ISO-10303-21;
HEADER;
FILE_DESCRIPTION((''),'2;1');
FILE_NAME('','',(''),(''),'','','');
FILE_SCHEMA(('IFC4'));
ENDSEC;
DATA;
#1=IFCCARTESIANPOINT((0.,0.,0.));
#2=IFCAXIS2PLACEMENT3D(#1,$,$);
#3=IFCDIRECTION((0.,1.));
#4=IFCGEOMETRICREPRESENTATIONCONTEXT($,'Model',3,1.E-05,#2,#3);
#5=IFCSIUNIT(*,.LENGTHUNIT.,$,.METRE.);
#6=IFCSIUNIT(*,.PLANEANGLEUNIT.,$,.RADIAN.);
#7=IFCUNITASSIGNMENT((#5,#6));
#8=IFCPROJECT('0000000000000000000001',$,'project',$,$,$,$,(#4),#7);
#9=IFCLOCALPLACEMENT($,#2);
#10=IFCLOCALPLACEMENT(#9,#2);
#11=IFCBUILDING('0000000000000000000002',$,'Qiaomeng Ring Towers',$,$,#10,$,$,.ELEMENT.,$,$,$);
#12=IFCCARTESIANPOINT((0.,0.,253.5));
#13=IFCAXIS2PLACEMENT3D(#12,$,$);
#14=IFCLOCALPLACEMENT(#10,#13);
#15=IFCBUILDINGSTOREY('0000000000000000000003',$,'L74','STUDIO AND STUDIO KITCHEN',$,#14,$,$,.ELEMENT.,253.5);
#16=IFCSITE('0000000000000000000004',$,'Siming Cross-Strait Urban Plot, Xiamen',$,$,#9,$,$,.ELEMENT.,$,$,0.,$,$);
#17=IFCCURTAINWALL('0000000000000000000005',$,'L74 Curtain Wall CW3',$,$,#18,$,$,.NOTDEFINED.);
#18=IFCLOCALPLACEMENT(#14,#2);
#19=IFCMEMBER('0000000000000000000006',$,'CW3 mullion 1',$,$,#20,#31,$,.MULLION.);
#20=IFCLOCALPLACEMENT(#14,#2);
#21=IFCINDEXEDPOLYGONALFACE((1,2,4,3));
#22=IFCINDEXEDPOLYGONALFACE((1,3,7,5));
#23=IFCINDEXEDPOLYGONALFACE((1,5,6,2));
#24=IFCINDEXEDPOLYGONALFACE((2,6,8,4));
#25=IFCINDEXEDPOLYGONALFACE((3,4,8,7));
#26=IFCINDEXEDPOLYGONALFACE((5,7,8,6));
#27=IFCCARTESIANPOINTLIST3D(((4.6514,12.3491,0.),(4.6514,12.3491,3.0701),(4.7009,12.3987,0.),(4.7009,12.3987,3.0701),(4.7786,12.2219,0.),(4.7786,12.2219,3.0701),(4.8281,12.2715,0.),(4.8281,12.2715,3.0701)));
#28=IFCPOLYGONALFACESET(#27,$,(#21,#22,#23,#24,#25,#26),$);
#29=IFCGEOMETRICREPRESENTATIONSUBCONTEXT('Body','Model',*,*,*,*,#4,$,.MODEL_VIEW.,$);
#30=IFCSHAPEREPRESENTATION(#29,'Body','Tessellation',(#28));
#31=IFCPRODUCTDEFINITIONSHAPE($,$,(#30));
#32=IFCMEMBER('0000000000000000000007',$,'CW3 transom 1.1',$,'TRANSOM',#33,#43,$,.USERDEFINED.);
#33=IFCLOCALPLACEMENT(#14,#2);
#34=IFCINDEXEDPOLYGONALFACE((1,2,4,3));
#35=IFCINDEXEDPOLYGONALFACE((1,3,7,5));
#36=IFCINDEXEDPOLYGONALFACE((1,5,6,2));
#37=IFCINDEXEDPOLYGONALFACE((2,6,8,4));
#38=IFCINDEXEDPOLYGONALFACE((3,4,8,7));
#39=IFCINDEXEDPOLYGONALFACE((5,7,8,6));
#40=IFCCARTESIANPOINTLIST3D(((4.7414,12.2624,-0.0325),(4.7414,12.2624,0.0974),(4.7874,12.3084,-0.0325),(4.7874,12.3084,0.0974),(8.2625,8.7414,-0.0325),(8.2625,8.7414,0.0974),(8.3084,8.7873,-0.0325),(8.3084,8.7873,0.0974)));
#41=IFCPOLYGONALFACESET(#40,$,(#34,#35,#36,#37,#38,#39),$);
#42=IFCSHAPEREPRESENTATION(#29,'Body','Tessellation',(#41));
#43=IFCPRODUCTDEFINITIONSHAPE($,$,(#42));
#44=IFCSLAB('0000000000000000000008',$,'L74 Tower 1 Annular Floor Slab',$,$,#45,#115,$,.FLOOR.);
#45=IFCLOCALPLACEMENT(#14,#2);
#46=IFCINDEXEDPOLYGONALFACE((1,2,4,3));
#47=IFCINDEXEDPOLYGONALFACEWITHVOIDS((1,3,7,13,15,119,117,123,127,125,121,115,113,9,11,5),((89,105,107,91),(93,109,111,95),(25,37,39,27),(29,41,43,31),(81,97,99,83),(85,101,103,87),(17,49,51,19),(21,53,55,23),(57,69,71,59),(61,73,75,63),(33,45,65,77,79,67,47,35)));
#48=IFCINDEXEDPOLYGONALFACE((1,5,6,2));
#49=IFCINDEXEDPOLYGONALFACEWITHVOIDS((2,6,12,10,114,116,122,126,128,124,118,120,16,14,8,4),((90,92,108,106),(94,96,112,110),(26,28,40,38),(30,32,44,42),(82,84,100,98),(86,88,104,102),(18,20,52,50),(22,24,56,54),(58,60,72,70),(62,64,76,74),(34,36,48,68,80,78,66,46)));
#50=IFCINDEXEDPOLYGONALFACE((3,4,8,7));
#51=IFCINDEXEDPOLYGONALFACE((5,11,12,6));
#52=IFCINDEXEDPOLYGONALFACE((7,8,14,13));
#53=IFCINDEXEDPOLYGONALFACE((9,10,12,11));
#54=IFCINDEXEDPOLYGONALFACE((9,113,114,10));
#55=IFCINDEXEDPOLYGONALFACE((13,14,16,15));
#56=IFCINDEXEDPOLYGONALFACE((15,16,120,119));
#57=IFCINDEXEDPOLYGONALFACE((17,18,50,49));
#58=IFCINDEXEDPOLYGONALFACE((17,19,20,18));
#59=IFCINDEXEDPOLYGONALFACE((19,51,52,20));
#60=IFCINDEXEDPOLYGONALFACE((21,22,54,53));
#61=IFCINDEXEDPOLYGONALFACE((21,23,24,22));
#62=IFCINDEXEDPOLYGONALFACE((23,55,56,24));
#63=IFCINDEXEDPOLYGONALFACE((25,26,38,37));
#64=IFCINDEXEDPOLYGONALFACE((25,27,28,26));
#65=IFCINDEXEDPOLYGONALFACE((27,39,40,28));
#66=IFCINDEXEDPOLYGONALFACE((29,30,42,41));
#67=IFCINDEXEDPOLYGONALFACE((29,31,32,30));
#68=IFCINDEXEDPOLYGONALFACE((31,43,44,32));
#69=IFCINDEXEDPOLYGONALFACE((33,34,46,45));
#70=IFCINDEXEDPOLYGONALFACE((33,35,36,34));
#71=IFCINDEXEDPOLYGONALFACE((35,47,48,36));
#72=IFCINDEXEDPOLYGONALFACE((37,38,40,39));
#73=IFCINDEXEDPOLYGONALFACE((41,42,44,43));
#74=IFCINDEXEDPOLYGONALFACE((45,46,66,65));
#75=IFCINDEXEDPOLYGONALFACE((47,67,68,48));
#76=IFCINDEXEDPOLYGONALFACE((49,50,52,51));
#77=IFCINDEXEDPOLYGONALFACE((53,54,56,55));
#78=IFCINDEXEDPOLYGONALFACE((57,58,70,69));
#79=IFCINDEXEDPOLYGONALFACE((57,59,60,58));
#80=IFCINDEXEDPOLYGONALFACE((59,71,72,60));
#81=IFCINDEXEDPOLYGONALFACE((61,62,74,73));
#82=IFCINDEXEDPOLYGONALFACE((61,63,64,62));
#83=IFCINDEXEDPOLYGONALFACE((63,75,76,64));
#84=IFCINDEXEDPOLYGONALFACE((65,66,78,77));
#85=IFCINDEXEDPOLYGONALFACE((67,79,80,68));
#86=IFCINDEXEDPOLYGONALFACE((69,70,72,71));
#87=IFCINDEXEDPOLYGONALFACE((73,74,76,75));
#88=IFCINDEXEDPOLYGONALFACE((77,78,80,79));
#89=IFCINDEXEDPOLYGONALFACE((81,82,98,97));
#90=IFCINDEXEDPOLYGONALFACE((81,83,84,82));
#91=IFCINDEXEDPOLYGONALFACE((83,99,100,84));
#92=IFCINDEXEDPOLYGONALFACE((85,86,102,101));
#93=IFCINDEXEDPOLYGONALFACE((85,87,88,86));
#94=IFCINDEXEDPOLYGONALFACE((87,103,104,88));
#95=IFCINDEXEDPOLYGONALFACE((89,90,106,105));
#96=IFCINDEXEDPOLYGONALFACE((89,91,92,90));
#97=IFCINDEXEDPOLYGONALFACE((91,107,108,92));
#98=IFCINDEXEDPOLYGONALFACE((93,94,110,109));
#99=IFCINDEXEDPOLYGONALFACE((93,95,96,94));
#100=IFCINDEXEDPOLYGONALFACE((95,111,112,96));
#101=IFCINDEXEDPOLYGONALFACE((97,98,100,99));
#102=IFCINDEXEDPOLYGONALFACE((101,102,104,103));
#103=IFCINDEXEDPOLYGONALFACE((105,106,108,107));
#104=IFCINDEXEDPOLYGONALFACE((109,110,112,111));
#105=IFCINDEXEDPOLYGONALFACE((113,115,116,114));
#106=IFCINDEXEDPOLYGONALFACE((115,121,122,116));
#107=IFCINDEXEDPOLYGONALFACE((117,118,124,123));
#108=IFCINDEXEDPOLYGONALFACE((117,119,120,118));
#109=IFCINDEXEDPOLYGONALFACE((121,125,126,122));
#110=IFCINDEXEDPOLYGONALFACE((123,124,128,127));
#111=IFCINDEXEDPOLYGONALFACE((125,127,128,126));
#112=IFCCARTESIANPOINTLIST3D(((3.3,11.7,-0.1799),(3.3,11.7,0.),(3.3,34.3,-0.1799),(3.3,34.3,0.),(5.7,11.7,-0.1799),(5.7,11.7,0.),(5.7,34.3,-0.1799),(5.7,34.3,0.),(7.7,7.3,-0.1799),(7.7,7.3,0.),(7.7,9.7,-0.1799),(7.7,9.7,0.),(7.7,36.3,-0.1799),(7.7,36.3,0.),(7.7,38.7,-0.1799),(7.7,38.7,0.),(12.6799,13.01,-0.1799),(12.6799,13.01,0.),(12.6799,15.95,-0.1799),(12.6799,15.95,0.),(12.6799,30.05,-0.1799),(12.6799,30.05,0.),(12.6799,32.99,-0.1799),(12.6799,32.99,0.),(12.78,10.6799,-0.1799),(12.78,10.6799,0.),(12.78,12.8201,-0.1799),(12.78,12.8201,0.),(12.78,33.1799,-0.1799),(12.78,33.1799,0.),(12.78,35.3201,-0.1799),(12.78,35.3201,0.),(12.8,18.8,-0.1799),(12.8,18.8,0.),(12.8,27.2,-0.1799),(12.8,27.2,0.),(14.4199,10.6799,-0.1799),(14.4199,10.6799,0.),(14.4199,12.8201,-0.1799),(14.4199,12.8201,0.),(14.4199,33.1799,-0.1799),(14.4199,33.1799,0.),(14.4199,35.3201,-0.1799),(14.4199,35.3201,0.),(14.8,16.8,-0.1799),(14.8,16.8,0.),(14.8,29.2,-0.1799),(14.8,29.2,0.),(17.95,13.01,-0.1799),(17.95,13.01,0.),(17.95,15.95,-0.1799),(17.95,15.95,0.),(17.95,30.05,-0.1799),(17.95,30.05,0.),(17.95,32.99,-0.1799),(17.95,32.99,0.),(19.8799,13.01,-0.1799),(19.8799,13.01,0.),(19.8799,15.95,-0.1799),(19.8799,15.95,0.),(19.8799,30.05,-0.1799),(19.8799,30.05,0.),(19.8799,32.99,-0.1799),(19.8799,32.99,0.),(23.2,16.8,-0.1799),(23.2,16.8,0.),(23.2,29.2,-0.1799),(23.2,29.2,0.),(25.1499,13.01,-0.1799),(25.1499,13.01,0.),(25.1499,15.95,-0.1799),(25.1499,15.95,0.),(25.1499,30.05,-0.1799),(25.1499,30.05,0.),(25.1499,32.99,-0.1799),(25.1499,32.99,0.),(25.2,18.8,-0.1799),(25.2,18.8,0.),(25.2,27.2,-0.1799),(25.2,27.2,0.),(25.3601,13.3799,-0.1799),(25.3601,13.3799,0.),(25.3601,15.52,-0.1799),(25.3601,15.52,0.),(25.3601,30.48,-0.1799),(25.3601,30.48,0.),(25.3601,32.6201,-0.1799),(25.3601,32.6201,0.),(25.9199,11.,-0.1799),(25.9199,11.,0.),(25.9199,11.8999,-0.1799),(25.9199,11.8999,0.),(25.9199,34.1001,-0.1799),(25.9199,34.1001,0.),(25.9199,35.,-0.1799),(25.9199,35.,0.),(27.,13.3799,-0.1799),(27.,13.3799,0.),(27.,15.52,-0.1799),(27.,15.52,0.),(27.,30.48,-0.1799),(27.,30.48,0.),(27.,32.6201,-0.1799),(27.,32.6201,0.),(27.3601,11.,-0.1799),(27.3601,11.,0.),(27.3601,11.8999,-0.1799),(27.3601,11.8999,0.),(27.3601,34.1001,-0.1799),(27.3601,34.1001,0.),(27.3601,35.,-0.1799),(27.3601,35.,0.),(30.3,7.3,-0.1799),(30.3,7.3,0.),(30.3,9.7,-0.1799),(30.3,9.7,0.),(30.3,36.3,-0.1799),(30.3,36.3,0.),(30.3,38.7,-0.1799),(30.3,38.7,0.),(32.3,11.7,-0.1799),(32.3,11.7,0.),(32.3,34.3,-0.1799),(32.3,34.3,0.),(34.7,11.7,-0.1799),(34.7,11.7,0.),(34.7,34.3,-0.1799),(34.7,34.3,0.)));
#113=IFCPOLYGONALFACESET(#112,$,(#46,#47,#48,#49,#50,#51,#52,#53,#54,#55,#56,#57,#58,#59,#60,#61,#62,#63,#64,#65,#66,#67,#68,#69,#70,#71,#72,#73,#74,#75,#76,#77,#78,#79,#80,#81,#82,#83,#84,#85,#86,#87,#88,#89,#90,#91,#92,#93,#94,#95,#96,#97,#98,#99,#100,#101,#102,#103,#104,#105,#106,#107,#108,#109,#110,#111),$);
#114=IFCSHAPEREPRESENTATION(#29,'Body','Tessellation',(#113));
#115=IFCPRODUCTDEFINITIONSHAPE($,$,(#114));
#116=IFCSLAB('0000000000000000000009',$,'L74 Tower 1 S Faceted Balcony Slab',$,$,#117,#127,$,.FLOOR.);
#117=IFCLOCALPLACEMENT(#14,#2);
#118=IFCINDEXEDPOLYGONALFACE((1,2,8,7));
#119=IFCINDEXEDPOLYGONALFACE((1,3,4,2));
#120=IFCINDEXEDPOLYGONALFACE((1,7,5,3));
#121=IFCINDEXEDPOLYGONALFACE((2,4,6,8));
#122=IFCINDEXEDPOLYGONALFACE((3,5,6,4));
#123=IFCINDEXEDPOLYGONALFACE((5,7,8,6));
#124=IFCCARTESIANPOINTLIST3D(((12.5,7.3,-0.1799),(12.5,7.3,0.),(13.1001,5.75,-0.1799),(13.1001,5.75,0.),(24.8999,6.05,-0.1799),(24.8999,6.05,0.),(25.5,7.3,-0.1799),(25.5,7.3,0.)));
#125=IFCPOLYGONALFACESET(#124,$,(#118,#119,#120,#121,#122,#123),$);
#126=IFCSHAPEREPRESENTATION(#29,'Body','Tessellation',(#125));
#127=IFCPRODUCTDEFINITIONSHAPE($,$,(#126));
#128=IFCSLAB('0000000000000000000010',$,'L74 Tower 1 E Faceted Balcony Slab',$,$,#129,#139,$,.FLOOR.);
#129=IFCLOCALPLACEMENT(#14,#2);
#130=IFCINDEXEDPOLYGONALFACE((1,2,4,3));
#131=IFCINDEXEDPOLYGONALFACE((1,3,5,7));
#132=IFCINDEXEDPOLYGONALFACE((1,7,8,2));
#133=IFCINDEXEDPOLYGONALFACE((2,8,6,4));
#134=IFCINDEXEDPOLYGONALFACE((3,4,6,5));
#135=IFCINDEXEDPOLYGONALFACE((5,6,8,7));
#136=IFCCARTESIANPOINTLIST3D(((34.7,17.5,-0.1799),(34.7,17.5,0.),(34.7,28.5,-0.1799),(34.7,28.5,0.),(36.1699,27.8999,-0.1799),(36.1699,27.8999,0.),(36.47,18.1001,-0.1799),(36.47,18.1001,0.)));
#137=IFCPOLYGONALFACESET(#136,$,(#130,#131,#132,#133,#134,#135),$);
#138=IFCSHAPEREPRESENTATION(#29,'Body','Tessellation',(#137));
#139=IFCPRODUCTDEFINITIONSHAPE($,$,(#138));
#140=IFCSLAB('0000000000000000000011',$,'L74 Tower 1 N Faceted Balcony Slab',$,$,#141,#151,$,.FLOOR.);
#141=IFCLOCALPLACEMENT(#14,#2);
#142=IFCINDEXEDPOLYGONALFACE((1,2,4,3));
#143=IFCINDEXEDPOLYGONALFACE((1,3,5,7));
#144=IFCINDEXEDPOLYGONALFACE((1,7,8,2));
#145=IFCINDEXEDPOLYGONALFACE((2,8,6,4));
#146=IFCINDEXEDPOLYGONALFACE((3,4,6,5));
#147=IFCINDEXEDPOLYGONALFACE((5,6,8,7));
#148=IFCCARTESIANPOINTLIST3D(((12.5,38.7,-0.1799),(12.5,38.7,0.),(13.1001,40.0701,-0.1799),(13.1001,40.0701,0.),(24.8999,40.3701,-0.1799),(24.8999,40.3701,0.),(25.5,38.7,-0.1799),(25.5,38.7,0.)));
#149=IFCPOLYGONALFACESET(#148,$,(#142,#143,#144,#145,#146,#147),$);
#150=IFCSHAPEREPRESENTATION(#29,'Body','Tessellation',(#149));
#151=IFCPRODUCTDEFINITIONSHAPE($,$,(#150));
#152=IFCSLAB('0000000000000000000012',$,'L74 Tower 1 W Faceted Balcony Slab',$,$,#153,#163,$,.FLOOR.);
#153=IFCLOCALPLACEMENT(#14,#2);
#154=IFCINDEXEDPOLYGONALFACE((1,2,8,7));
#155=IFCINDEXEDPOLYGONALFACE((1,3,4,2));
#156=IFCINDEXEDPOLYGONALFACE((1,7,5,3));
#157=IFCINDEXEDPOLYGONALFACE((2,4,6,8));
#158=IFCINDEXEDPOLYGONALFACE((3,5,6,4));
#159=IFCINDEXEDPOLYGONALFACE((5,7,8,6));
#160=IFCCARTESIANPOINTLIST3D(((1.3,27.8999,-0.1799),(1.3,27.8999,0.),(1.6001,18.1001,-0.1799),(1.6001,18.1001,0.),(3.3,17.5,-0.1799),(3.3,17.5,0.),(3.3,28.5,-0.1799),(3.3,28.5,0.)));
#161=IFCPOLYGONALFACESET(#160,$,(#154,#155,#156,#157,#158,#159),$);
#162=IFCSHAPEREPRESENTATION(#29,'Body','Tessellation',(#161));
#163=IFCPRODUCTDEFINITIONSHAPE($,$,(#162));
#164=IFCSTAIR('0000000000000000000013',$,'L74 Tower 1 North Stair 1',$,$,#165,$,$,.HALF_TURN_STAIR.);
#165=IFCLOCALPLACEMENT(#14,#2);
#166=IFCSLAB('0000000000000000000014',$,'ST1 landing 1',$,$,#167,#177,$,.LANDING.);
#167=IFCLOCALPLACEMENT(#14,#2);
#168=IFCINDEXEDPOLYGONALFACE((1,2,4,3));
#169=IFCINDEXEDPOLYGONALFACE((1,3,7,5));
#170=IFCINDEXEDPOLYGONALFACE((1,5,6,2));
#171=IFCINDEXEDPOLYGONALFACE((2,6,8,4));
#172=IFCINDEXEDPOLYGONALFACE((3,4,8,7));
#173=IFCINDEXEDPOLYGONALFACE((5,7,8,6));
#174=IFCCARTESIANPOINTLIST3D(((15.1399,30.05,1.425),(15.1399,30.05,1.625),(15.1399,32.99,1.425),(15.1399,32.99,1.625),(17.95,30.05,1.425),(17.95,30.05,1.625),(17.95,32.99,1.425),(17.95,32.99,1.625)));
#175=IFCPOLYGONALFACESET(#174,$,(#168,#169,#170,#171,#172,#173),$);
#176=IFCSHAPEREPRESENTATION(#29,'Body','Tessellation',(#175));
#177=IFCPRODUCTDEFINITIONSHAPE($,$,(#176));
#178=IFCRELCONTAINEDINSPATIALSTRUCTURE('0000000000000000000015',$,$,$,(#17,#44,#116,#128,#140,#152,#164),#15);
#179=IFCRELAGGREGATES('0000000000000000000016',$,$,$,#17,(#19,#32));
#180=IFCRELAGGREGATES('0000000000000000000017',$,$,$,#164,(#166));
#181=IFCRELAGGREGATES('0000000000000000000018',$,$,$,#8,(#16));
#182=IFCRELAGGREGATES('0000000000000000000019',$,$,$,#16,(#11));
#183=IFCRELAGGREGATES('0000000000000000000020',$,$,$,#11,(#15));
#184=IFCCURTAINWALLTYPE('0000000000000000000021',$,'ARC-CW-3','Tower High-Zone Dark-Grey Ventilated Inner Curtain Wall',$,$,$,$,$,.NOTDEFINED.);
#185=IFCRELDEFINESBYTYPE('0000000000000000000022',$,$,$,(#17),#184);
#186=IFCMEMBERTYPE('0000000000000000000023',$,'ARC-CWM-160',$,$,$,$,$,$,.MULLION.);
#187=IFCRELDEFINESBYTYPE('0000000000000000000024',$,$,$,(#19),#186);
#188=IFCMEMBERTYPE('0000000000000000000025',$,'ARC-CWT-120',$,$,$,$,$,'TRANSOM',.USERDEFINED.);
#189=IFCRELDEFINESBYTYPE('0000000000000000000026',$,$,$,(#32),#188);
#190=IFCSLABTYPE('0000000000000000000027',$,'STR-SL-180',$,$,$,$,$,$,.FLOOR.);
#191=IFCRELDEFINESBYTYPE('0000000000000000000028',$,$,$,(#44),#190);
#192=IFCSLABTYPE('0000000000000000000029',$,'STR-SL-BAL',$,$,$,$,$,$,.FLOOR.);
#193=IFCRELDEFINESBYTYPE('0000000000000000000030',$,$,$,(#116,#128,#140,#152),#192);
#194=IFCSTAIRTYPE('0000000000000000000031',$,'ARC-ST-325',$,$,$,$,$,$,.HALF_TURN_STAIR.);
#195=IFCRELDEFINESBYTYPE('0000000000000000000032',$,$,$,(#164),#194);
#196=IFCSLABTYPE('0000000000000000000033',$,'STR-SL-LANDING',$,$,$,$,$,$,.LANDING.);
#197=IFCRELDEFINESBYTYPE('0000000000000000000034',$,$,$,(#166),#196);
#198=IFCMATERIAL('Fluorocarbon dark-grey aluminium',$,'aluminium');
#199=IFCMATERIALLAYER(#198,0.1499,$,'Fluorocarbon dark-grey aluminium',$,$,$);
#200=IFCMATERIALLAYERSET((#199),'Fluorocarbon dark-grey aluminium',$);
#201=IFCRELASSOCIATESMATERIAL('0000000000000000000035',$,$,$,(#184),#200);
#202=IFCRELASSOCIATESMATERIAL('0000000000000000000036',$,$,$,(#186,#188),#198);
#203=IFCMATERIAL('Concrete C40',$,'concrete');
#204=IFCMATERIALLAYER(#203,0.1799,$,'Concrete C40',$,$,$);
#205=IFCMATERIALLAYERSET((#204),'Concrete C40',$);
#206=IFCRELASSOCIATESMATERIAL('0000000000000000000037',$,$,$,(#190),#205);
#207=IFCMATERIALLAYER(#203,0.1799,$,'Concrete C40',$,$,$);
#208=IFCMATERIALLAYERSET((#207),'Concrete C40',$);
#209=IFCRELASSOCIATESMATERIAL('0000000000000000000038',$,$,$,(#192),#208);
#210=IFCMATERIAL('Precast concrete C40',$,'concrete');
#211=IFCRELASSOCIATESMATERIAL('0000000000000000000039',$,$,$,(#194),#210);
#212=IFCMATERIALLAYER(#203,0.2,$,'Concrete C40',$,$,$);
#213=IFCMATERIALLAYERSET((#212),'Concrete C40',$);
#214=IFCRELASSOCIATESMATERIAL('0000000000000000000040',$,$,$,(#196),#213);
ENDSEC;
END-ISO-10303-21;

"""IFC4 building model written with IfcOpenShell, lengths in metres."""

from ifc_helpers import new_model, si_unit, direction, frame, origin, origin_2d, place, context, subcontext, project, spatial, polyline, rectangle, outline, extrude, source, transform, mapped, material, layer, layer_set, material_profile, profile_set, type_object, element, aggregate, save


model = new_model("IFC4")

# Units and contexts
model_context = context("Model", 3, precision=1e-05, world=origin(), true_north=direction((0.0, 1.0)))
body_context = subcontext(model_context, "Body", "Model", "MODEL_VIEW")
ifc_project = project(units=[si_unit("LENGTHUNIT", "METRE"), si_unit("PLANEANGLEUNIT", "RADIAN")], contexts=[model_context])

# Site, building, storey
site_placement = place(None, origin())
site = spatial("IfcSite", under=ifc_project, at=site_placement, Name="Siming Cross-Strait Urban Plot, Xiamen", CompositionType="ELEMENT", RefElevation=0.0)
building_placement = place(site_placement, origin())
building = spatial("IfcBuilding", under=site, at=building_placement, Name="Qiaomeng Ring Towers", CompositionType="ELEMENT")
storey_placement = place(building_placement, frame((0.0, 0.0, 253.5)))
storey = spatial("IfcBuildingStorey", under=building, at=storey_placement, Name="L74", Description="STUDIO AND STUDIO KITCHEN", CompositionType="ELEMENT", Elevation=253.5)

# Curtain wall, members
ifc_material_1 = material(Name="Fluorocarbon dark-grey aluminium", Category="aluminium")
ifc_layer_1 = layer(ifc_material_1, 0.1499, Name="Fluorocarbon dark-grey aluminium")
ifc_layer_set_1 = layer_set([ifc_layer_1], Name="Fluorocarbon dark-grey aluminium")
curtain_wall_type = type_object("IfcCurtainWallType", Name="ARC-CW-3", Description="Tower High-Zone Dark-Grey Ventilated Inner Curtain Wall", PredefinedType="NOTDEFINED", material=ifc_layer_set_1)
curtain_wall_placement = place(storey_placement, origin())
curtain_wall = element("IfcCurtainWall", 1, at=curtain_wall_placement, inside=storey, type_object=curtain_wall_type, Name="L74 Curtain Wall CW3", PredefinedType="NOTDEFINED")
ifc_material_profile_1 = material_profile(ifc_material_1, rectangle(XDim=0.0701, YDim=0.1799, at=origin_2d()), Name="ALU MULL 70x180")
ifc_profile_set_1 = profile_set([ifc_material_profile_1], Name="Fluorocarbon dark-grey aluminium")
member_type_1 = type_object("IfcMemberType", Name="ARC-CWM-160", PredefinedType="MULLION", material=ifc_profile_set_1)
shared_shape_1 = source(origin(), body_context, "Body", "SweptSolid", [
    extrude(rectangle(XDim=0.0701, YDim=0.1799, at=origin_2d()), origin(), (0.0, 0.0, 1.0), 3.0701),
])
member_1_placement = place(storey_placement, frame((4.7397, 12.3103, 0.0), z_axis=(0.0, 0.0, 1.0), x_axis=(0.707107, 0.707107, 0.0)))
member_1 = element("IfcMember", 2, at=member_1_placement, type_object=member_type_1, Name="CW3 mullion 1", PredefinedType="MULLION", context=body_context, shape_type="MappedRepresentation", body=[
    mapped(shared_shape_1, transform((0.0, 0.0, 0.0), x_axis=(1.0, 0.0, 0.0), y_axis=(0.0, 1.0, 0.0), z_axis=(0.0, 0.0, 1.0), scale=1.0)),
])
ifc_material_profile_2 = material_profile(ifc_material_1, rectangle(XDim=0.0649, YDim=0.1299, at=origin_2d()), Name="ALU TRAN 65x130")
ifc_profile_set_2 = profile_set([ifc_material_profile_2], Name="Fluorocarbon dark-grey aluminium")
member_type_2 = type_object("IfcMemberType", Name="ARC-CWT-120", ElementType="TRANSOM", PredefinedType="USERDEFINED", material=ifc_profile_set_2)
shared_shape_2 = source(origin(), body_context, "Body", "SweptSolid", [
    extrude(rectangle(XDim=0.0649, YDim=0.1299, at=origin_2d()), origin(), (0.0, 0.0, 1.0), 4.9795),
])
member_2_placement = place(storey_placement, frame((4.7644, 12.2854, 0.0325), z_axis=(0.707107, -0.707107, 0.0), x_axis=(0.707107, 0.707107, 0.0)))
member_2 = element("IfcMember", 3, at=member_2_placement, type_object=member_type_2, Name="CW3 transom 1.1", ObjectType="TRANSOM", PredefinedType="USERDEFINED", context=body_context, shape_type="MappedRepresentation", body=[
    mapped(shared_shape_2, transform((0.0, 0.0, 0.0), x_axis=(1.0, 0.0, 0.0), y_axis=(0.0, 1.0, 0.0), z_axis=(0.0, 0.0, 1.0), scale=1.0)),
])
aggregate(curtain_wall, [member_1, member_2])

# Slabs
ifc_material_2 = material(Name="Concrete C40", Category="concrete")
ifc_layer_2 = layer(ifc_material_2, 0.1799, Name="Concrete C40")
ifc_layer_set_2 = layer_set([ifc_layer_2], Name="Concrete C40")
slab_type_1 = type_object("IfcSlabType", Name="STR-SL-180", PredefinedType="FLOOR", material=ifc_layer_set_2)
slab_1_placement = place(storey_placement, frame((0.0, 0.0, -0.1799)))
element("IfcSlab", 4, at=slab_1_placement, inside=storey, type_object=slab_type_1, Name="L74 Tower 1 Annular Floor Slab", PredefinedType="FLOOR", context=body_context, shape_type="SweptSolid", body=[
    extrude(outline(polyline([(7.7, 7.3), (30.3, 7.3), (30.3, 9.7), (32.3, 11.7), (34.7, 11.7), (34.7, 34.3), (32.3, 34.3), (30.3, 36.3), (30.3, 38.7), (7.7, 38.7), (7.7, 36.3), (5.7, 34.3), (3.3, 34.3), (3.3, 11.7), (5.7, 11.7), (7.7, 9.7), (7.7, 7.3)]), holes=[polyline([(12.78, 10.6799), (12.78, 12.8201), (14.4199, 12.8201), (14.4199, 10.6799), (12.78, 10.6799)]), polyline([(12.6799, 13.01), (12.6799, 15.95), (17.95, 15.95), (17.95, 13.01), (12.6799, 13.01)]), polyline([(23.2, 29.2), (25.2, 27.2), (25.2, 18.8), (23.2, 16.8), (14.8, 16.8), (12.8, 18.8), (12.8, 27.2), (14.8, 29.2), (23.2, 29.2)]), polyline([(12.6799, 32.99), (17.95, 32.99), (17.95, 30.05), (12.6799, 30.05), (12.6799, 32.99)]), polyline([(19.8799, 32.99), (25.1499, 32.99), (25.1499, 30.05), (19.8799, 30.05), (19.8799, 32.99)]), polyline([(12.78, 33.1799), (12.78, 35.3201), (14.4199, 35.3201), (14.4199, 33.1799), (12.78, 33.1799)]), polyline([(25.9199, 11.8999), (27.3601, 11.8999), (27.3601, 11.0), (25.9199, 11.0), (25.9199, 11.8999)]), polyline([(25.3601, 15.52), (27.0, 15.52), (27.0, 13.3799), (25.3601, 13.3799), (25.3601, 15.52)]), polyline([(19.8799, 13.01), (19.8799, 15.95), (25.1499, 15.95), (25.1499, 13.01), (19.8799, 13.01)]), polyline([(25.3601, 32.6201), (27.0, 32.6201), (27.0, 30.48), (25.3601, 30.48), (25.3601, 32.6201)]), polyline([(25.9199, 35.0), (27.3601, 35.0), (27.3601, 34.1001), (25.9199, 34.1001), (25.9199, 35.0)])]), origin(), (0.0, 0.0, 1.0), 0.1799),
])
ifc_layer_3 = layer(ifc_material_2, 0.1799, Name="Concrete C40")
ifc_layer_set_3 = layer_set([ifc_layer_3], Name="Concrete C40")
slab_type_2 = type_object("IfcSlabType", Name="STR-SL-BAL", PredefinedType="FLOOR", material=ifc_layer_set_3)
slab_2_placement = place(storey_placement, frame((0.0, 0.0, -0.1799)))
element("IfcSlab", 5, at=slab_2_placement, inside=storey, type_object=slab_type_2, Name="L74 Tower 1 S Faceted Balcony Slab", PredefinedType="FLOOR", context=body_context, shape_type="SweptSolid", body=[
    extrude(outline(polyline([(24.8999, 6.05), (13.1001, 5.75), (12.5, 7.3), (25.5, 7.3), (24.8999, 6.05)])), origin(), (0.0, 0.0, 1.0), 0.1799),
])
slab_3_placement = place(storey_placement, frame((0.0, 0.0, -0.1799)))
element("IfcSlab", 6, at=slab_3_placement, inside=storey, type_object=slab_type_2, Name="L74 Tower 1 E Faceted Balcony Slab", PredefinedType="FLOOR", context=body_context, shape_type="SweptSolid", body=[
    extrude(outline(polyline([(36.1699, 27.8999), (36.47, 18.1001), (34.7, 17.5), (34.7, 28.5), (36.1699, 27.8999)])), origin(), (0.0, 0.0, 1.0), 0.1799),
])
slab_4_placement = place(storey_placement, frame((0.0, 0.0, -0.1799)))
element("IfcSlab", 7, at=slab_4_placement, inside=storey, type_object=slab_type_2, Name="L74 Tower 1 N Faceted Balcony Slab", PredefinedType="FLOOR", context=body_context, shape_type="SweptSolid", body=[
    extrude(outline(polyline([(12.5, 38.7), (13.1001, 40.0701), (24.8999, 40.3701), (25.5, 38.7), (12.5, 38.7)])), origin(), (0.0, 0.0, 1.0), 0.1799),
])
slab_5_placement = place(storey_placement, frame((0.0, 0.0, -0.1799)))
element("IfcSlab", 8, at=slab_5_placement, inside=storey, type_object=slab_type_2, Name="L74 Tower 1 W Faceted Balcony Slab", PredefinedType="FLOOR", context=body_context, shape_type="SweptSolid", body=[
    extrude(outline(polyline([(1.6001, 18.1001), (1.3, 27.8999), (3.3, 28.5), (3.3, 17.5), (1.6001, 18.1001)])), origin(), (0.0, 0.0, 1.0), 0.1799),
])

# Stair, slab
ifc_material_3 = material(Name="Precast concrete C40", Category="concrete")
stair_type = type_object("IfcStairType", Name="ARC-ST-325", PredefinedType="HALF_TURN_STAIR", material=ifc_material_3)
stair_1_placement = place(storey_placement, origin())
stair_1 = element("IfcStair", 9, at=stair_1_placement, inside=storey, type_object=stair_type, Name="L74 Tower 1 North Stair 1", PredefinedType="HALF_TURN_STAIR")
ifc_layer_4 = layer(ifc_material_2, 0.2, Name="Concrete C40")
ifc_layer_set_4 = layer_set([ifc_layer_4], Name="Concrete C40")
slab_type_3 = type_object("IfcSlabType", Name="STR-SL-LANDING", PredefinedType="LANDING", material=ifc_layer_set_4)
slab_6_placement = place(storey_placement, frame((0.0, 0.0, 1.425)))
slab_6 = element("IfcSlab", 10, at=slab_6_placement, type_object=slab_type_3, Name="ST1 landing 1", PredefinedType="LANDING", context=body_context, shape_type="SweptSolid", body=[
    extrude(outline(polyline([(15.1399, 30.05), (17.95, 30.05), (17.95, 32.99), (15.1399, 32.99), (15.1399, 30.05)])), origin(), (0.0, 0.0, 1.0), 0.2),
])
aggregate(stair_1, [slab_6])

save(model, "model.ifc")
